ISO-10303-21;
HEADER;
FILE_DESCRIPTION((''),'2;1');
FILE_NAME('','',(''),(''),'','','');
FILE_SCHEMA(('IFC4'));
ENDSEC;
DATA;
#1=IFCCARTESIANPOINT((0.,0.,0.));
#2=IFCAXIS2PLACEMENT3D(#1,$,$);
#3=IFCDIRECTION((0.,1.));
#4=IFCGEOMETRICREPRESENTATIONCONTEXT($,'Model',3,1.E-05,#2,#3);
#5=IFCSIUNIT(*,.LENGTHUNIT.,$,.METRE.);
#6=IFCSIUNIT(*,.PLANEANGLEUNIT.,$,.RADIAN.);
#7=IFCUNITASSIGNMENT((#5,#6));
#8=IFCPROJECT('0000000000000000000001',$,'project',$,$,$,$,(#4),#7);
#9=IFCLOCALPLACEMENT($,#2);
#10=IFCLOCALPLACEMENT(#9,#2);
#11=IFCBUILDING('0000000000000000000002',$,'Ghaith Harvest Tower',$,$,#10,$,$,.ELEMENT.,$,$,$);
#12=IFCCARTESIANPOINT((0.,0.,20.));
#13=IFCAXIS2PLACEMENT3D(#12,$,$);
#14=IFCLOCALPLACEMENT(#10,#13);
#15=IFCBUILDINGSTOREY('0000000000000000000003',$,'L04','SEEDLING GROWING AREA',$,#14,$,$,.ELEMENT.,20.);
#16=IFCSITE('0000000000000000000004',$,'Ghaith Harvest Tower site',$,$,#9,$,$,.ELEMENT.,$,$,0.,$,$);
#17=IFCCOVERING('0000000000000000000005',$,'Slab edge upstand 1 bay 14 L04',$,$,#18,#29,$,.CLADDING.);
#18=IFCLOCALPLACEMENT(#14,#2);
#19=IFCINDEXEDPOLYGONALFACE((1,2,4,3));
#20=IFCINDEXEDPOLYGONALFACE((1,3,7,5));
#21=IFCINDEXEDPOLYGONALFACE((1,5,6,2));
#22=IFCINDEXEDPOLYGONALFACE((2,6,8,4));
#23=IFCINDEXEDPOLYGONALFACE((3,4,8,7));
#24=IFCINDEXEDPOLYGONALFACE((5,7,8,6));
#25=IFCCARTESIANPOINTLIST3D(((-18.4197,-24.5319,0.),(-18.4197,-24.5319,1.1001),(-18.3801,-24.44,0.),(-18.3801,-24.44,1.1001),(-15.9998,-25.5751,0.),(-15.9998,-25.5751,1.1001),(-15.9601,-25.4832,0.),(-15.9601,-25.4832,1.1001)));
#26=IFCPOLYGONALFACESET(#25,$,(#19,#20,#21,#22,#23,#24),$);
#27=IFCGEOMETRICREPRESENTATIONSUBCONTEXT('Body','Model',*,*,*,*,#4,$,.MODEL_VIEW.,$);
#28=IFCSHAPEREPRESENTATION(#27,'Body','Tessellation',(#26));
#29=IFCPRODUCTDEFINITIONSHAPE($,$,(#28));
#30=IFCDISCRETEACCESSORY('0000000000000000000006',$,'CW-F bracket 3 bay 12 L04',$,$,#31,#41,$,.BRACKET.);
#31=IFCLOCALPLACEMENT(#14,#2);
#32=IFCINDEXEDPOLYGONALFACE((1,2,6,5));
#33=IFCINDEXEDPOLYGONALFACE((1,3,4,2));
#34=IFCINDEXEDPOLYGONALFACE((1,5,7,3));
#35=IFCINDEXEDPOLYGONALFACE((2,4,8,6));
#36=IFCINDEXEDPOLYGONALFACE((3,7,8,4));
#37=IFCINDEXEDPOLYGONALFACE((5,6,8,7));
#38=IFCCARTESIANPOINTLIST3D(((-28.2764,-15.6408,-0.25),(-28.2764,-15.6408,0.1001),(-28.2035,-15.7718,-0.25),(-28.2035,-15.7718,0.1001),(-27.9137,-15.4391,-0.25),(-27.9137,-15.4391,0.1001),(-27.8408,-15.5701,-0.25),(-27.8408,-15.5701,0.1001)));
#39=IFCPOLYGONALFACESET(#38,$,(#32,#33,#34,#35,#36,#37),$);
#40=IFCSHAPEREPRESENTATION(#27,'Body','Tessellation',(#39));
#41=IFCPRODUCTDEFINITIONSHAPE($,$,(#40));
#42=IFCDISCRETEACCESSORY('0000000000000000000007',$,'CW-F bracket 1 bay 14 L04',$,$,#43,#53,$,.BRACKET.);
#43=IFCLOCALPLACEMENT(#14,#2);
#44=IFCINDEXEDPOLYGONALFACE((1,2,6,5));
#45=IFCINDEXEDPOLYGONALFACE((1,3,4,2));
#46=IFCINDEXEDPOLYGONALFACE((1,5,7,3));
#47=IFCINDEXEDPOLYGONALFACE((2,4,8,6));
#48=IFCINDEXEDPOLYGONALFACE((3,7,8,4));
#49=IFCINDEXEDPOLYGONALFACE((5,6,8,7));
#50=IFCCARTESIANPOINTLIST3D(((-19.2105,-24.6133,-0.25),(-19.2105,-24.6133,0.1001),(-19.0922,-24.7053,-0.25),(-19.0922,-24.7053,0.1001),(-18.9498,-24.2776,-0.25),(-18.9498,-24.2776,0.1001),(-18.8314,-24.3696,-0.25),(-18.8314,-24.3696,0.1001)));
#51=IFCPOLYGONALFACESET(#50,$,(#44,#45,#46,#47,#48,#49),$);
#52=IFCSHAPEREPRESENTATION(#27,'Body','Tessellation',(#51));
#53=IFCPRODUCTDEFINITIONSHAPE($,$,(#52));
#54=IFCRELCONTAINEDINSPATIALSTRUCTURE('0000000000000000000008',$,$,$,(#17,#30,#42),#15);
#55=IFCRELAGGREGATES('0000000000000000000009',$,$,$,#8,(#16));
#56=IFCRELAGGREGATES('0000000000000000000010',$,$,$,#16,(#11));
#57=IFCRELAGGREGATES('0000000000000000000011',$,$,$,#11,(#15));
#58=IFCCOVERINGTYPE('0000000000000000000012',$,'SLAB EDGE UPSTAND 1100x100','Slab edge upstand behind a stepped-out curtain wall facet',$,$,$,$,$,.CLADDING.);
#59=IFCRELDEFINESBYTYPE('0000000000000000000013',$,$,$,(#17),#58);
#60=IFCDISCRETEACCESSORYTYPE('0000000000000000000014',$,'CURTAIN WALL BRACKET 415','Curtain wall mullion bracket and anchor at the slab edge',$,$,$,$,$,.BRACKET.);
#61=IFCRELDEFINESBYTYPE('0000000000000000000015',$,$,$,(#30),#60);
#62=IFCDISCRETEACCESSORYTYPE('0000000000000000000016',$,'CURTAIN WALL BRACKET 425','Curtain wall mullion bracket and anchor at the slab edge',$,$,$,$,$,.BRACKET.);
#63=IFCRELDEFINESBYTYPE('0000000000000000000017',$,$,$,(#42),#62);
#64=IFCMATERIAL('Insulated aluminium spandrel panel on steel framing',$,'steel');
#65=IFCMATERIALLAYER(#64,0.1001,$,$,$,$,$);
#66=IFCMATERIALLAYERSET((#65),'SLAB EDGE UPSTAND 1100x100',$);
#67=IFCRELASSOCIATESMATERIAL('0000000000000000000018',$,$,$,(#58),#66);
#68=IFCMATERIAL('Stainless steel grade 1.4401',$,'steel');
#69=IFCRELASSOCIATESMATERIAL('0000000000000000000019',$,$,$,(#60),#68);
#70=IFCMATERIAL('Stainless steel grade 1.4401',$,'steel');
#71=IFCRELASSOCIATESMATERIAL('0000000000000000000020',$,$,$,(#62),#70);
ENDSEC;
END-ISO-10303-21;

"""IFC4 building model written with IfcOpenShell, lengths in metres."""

from ifc_helpers import new_model, si_unit, direction, frame, origin, origin_2d, place, context, subcontext, project, spatial, rectangle, extrude, material, layer, layer_set, type_object, element, save


model = new_model("IFC4")

# Units and contexts
model_context = context("Model", 3, precision=1e-05, world=origin(), true_north=direction((0.0, 1.0)))
body_context = subcontext(model_context, "Body", "Model", "MODEL_VIEW")
ifc_project = project(units=[si_unit("LENGTHUNIT", "METRE"), si_unit("PLANEANGLEUNIT", "RADIAN")], contexts=[model_context])

# Site, building, storey
site_placement = place(None, origin())
site = spatial("IfcSite", under=ifc_project, at=site_placement, Name="Ghaith Harvest Tower site", CompositionType="ELEMENT", RefElevation=0.0)
building_placement = place(site_placement, origin())
building = spatial("IfcBuilding", under=site, at=building_placement, Name="Ghaith Harvest Tower", CompositionType="ELEMENT")
storey_placement = place(building_placement, frame((0.0, 0.0, 20.0)))
storey = spatial("IfcBuildingStorey", under=building, at=storey_placement, Name="L04", Description="SEEDLING GROWING AREA", CompositionType="ELEMENT", Elevation=20.0)

# Covering
ifc_material_1 = material(Name="Insulated aluminium spandrel panel on steel framing", Category="steel")
ifc_layer_1 = layer(ifc_material_1, 0.1001)
ifc_layer_set_1 = layer_set([ifc_layer_1], Name="SLAB EDGE UPSTAND 1100x100")
covering_type = type_object("IfcCoveringType", Name="SLAB EDGE UPSTAND 1100x100", Description="Slab edge upstand behind a stepped-out curtain wall facet", PredefinedType="CLADDING", material=ifc_layer_set_1)
covering_1_placement = place(storey_placement, frame((-17.1899, -25.0076, 0.0), z_axis=(0.0, 0.0, 1.0), x_axis=(0.918307, -0.395869, 0.0)))
element("IfcCovering", 1, at=covering_1_placement, inside=storey, type_object=covering_type, Name="Slab edge upstand 1 bay 14 L04", PredefinedType="CLADDING", context=body_context, shape_type="SweptSolid", body=[
    extrude(rectangle(XDim=2.6353, YDim=0.1001, at=origin_2d()), origin(), (0.0, 0.0, 1.0), 1.1001),
])

# Discrete accessories
ifc_material_2 = material(Name="Stainless steel grade 1.4401", Category="steel")
discrete_accessory_type_1 = type_object("IfcDiscreteAccessoryType", Name="CURTAIN WALL BRACKET 415", Description="Curtain wall mullion bracket and anchor at the slab edge", PredefinedType="BRACKET", material=ifc_material_2)
discrete_accessory_1_placement = place(storey_placement, frame((-28.0586, -15.6055, -0.25), z_axis=(0.0, 0.0, 1.0), x_axis=(-0.873927, -0.486057, 0.0)))
element("IfcDiscreteAccessory", 2, at=discrete_accessory_1_placement, inside=storey, type_object=discrete_accessory_type_1, Name="CW-F bracket 3 bay 12 L04", PredefinedType="BRACKET", context=body_context, shape_type="SweptSolid", body=[
    extrude(rectangle(XDim=0.415, YDim=0.1499, at=origin_2d()), origin(), (0.0, 0.0, 1.0), 0.3501),
])
ifc_material_3 = material(Name="Stainless steel grade 1.4401", Category="steel")
discrete_accessory_type_2 = type_object("IfcDiscreteAccessoryType", Name="CURTAIN WALL BRACKET 425", Description="Curtain wall mullion bracket and anchor at the slab edge", PredefinedType="BRACKET", material=ifc_material_3)
discrete_accessory_2_placement = place(storey_placement, frame((-19.021, -24.4915, -0.25), z_axis=(0.0, 0.0, 1.0), x_axis=(-0.613378, -0.78979, 0.0)))
element("IfcDiscreteAccessory", 3, at=discrete_accessory_2_placement, inside=storey, type_object=discrete_accessory_type_2, Name="CW-F bracket 1 bay 14 L04", PredefinedType="BRACKET", context=body_context, shape_type="SweptSolid", body=[
    extrude(rectangle(XDim=0.425, YDim=0.1499, at=origin_2d()), origin(), (0.0, 0.0, 1.0), 0.3501),
])

save(model, "model.ifc")
